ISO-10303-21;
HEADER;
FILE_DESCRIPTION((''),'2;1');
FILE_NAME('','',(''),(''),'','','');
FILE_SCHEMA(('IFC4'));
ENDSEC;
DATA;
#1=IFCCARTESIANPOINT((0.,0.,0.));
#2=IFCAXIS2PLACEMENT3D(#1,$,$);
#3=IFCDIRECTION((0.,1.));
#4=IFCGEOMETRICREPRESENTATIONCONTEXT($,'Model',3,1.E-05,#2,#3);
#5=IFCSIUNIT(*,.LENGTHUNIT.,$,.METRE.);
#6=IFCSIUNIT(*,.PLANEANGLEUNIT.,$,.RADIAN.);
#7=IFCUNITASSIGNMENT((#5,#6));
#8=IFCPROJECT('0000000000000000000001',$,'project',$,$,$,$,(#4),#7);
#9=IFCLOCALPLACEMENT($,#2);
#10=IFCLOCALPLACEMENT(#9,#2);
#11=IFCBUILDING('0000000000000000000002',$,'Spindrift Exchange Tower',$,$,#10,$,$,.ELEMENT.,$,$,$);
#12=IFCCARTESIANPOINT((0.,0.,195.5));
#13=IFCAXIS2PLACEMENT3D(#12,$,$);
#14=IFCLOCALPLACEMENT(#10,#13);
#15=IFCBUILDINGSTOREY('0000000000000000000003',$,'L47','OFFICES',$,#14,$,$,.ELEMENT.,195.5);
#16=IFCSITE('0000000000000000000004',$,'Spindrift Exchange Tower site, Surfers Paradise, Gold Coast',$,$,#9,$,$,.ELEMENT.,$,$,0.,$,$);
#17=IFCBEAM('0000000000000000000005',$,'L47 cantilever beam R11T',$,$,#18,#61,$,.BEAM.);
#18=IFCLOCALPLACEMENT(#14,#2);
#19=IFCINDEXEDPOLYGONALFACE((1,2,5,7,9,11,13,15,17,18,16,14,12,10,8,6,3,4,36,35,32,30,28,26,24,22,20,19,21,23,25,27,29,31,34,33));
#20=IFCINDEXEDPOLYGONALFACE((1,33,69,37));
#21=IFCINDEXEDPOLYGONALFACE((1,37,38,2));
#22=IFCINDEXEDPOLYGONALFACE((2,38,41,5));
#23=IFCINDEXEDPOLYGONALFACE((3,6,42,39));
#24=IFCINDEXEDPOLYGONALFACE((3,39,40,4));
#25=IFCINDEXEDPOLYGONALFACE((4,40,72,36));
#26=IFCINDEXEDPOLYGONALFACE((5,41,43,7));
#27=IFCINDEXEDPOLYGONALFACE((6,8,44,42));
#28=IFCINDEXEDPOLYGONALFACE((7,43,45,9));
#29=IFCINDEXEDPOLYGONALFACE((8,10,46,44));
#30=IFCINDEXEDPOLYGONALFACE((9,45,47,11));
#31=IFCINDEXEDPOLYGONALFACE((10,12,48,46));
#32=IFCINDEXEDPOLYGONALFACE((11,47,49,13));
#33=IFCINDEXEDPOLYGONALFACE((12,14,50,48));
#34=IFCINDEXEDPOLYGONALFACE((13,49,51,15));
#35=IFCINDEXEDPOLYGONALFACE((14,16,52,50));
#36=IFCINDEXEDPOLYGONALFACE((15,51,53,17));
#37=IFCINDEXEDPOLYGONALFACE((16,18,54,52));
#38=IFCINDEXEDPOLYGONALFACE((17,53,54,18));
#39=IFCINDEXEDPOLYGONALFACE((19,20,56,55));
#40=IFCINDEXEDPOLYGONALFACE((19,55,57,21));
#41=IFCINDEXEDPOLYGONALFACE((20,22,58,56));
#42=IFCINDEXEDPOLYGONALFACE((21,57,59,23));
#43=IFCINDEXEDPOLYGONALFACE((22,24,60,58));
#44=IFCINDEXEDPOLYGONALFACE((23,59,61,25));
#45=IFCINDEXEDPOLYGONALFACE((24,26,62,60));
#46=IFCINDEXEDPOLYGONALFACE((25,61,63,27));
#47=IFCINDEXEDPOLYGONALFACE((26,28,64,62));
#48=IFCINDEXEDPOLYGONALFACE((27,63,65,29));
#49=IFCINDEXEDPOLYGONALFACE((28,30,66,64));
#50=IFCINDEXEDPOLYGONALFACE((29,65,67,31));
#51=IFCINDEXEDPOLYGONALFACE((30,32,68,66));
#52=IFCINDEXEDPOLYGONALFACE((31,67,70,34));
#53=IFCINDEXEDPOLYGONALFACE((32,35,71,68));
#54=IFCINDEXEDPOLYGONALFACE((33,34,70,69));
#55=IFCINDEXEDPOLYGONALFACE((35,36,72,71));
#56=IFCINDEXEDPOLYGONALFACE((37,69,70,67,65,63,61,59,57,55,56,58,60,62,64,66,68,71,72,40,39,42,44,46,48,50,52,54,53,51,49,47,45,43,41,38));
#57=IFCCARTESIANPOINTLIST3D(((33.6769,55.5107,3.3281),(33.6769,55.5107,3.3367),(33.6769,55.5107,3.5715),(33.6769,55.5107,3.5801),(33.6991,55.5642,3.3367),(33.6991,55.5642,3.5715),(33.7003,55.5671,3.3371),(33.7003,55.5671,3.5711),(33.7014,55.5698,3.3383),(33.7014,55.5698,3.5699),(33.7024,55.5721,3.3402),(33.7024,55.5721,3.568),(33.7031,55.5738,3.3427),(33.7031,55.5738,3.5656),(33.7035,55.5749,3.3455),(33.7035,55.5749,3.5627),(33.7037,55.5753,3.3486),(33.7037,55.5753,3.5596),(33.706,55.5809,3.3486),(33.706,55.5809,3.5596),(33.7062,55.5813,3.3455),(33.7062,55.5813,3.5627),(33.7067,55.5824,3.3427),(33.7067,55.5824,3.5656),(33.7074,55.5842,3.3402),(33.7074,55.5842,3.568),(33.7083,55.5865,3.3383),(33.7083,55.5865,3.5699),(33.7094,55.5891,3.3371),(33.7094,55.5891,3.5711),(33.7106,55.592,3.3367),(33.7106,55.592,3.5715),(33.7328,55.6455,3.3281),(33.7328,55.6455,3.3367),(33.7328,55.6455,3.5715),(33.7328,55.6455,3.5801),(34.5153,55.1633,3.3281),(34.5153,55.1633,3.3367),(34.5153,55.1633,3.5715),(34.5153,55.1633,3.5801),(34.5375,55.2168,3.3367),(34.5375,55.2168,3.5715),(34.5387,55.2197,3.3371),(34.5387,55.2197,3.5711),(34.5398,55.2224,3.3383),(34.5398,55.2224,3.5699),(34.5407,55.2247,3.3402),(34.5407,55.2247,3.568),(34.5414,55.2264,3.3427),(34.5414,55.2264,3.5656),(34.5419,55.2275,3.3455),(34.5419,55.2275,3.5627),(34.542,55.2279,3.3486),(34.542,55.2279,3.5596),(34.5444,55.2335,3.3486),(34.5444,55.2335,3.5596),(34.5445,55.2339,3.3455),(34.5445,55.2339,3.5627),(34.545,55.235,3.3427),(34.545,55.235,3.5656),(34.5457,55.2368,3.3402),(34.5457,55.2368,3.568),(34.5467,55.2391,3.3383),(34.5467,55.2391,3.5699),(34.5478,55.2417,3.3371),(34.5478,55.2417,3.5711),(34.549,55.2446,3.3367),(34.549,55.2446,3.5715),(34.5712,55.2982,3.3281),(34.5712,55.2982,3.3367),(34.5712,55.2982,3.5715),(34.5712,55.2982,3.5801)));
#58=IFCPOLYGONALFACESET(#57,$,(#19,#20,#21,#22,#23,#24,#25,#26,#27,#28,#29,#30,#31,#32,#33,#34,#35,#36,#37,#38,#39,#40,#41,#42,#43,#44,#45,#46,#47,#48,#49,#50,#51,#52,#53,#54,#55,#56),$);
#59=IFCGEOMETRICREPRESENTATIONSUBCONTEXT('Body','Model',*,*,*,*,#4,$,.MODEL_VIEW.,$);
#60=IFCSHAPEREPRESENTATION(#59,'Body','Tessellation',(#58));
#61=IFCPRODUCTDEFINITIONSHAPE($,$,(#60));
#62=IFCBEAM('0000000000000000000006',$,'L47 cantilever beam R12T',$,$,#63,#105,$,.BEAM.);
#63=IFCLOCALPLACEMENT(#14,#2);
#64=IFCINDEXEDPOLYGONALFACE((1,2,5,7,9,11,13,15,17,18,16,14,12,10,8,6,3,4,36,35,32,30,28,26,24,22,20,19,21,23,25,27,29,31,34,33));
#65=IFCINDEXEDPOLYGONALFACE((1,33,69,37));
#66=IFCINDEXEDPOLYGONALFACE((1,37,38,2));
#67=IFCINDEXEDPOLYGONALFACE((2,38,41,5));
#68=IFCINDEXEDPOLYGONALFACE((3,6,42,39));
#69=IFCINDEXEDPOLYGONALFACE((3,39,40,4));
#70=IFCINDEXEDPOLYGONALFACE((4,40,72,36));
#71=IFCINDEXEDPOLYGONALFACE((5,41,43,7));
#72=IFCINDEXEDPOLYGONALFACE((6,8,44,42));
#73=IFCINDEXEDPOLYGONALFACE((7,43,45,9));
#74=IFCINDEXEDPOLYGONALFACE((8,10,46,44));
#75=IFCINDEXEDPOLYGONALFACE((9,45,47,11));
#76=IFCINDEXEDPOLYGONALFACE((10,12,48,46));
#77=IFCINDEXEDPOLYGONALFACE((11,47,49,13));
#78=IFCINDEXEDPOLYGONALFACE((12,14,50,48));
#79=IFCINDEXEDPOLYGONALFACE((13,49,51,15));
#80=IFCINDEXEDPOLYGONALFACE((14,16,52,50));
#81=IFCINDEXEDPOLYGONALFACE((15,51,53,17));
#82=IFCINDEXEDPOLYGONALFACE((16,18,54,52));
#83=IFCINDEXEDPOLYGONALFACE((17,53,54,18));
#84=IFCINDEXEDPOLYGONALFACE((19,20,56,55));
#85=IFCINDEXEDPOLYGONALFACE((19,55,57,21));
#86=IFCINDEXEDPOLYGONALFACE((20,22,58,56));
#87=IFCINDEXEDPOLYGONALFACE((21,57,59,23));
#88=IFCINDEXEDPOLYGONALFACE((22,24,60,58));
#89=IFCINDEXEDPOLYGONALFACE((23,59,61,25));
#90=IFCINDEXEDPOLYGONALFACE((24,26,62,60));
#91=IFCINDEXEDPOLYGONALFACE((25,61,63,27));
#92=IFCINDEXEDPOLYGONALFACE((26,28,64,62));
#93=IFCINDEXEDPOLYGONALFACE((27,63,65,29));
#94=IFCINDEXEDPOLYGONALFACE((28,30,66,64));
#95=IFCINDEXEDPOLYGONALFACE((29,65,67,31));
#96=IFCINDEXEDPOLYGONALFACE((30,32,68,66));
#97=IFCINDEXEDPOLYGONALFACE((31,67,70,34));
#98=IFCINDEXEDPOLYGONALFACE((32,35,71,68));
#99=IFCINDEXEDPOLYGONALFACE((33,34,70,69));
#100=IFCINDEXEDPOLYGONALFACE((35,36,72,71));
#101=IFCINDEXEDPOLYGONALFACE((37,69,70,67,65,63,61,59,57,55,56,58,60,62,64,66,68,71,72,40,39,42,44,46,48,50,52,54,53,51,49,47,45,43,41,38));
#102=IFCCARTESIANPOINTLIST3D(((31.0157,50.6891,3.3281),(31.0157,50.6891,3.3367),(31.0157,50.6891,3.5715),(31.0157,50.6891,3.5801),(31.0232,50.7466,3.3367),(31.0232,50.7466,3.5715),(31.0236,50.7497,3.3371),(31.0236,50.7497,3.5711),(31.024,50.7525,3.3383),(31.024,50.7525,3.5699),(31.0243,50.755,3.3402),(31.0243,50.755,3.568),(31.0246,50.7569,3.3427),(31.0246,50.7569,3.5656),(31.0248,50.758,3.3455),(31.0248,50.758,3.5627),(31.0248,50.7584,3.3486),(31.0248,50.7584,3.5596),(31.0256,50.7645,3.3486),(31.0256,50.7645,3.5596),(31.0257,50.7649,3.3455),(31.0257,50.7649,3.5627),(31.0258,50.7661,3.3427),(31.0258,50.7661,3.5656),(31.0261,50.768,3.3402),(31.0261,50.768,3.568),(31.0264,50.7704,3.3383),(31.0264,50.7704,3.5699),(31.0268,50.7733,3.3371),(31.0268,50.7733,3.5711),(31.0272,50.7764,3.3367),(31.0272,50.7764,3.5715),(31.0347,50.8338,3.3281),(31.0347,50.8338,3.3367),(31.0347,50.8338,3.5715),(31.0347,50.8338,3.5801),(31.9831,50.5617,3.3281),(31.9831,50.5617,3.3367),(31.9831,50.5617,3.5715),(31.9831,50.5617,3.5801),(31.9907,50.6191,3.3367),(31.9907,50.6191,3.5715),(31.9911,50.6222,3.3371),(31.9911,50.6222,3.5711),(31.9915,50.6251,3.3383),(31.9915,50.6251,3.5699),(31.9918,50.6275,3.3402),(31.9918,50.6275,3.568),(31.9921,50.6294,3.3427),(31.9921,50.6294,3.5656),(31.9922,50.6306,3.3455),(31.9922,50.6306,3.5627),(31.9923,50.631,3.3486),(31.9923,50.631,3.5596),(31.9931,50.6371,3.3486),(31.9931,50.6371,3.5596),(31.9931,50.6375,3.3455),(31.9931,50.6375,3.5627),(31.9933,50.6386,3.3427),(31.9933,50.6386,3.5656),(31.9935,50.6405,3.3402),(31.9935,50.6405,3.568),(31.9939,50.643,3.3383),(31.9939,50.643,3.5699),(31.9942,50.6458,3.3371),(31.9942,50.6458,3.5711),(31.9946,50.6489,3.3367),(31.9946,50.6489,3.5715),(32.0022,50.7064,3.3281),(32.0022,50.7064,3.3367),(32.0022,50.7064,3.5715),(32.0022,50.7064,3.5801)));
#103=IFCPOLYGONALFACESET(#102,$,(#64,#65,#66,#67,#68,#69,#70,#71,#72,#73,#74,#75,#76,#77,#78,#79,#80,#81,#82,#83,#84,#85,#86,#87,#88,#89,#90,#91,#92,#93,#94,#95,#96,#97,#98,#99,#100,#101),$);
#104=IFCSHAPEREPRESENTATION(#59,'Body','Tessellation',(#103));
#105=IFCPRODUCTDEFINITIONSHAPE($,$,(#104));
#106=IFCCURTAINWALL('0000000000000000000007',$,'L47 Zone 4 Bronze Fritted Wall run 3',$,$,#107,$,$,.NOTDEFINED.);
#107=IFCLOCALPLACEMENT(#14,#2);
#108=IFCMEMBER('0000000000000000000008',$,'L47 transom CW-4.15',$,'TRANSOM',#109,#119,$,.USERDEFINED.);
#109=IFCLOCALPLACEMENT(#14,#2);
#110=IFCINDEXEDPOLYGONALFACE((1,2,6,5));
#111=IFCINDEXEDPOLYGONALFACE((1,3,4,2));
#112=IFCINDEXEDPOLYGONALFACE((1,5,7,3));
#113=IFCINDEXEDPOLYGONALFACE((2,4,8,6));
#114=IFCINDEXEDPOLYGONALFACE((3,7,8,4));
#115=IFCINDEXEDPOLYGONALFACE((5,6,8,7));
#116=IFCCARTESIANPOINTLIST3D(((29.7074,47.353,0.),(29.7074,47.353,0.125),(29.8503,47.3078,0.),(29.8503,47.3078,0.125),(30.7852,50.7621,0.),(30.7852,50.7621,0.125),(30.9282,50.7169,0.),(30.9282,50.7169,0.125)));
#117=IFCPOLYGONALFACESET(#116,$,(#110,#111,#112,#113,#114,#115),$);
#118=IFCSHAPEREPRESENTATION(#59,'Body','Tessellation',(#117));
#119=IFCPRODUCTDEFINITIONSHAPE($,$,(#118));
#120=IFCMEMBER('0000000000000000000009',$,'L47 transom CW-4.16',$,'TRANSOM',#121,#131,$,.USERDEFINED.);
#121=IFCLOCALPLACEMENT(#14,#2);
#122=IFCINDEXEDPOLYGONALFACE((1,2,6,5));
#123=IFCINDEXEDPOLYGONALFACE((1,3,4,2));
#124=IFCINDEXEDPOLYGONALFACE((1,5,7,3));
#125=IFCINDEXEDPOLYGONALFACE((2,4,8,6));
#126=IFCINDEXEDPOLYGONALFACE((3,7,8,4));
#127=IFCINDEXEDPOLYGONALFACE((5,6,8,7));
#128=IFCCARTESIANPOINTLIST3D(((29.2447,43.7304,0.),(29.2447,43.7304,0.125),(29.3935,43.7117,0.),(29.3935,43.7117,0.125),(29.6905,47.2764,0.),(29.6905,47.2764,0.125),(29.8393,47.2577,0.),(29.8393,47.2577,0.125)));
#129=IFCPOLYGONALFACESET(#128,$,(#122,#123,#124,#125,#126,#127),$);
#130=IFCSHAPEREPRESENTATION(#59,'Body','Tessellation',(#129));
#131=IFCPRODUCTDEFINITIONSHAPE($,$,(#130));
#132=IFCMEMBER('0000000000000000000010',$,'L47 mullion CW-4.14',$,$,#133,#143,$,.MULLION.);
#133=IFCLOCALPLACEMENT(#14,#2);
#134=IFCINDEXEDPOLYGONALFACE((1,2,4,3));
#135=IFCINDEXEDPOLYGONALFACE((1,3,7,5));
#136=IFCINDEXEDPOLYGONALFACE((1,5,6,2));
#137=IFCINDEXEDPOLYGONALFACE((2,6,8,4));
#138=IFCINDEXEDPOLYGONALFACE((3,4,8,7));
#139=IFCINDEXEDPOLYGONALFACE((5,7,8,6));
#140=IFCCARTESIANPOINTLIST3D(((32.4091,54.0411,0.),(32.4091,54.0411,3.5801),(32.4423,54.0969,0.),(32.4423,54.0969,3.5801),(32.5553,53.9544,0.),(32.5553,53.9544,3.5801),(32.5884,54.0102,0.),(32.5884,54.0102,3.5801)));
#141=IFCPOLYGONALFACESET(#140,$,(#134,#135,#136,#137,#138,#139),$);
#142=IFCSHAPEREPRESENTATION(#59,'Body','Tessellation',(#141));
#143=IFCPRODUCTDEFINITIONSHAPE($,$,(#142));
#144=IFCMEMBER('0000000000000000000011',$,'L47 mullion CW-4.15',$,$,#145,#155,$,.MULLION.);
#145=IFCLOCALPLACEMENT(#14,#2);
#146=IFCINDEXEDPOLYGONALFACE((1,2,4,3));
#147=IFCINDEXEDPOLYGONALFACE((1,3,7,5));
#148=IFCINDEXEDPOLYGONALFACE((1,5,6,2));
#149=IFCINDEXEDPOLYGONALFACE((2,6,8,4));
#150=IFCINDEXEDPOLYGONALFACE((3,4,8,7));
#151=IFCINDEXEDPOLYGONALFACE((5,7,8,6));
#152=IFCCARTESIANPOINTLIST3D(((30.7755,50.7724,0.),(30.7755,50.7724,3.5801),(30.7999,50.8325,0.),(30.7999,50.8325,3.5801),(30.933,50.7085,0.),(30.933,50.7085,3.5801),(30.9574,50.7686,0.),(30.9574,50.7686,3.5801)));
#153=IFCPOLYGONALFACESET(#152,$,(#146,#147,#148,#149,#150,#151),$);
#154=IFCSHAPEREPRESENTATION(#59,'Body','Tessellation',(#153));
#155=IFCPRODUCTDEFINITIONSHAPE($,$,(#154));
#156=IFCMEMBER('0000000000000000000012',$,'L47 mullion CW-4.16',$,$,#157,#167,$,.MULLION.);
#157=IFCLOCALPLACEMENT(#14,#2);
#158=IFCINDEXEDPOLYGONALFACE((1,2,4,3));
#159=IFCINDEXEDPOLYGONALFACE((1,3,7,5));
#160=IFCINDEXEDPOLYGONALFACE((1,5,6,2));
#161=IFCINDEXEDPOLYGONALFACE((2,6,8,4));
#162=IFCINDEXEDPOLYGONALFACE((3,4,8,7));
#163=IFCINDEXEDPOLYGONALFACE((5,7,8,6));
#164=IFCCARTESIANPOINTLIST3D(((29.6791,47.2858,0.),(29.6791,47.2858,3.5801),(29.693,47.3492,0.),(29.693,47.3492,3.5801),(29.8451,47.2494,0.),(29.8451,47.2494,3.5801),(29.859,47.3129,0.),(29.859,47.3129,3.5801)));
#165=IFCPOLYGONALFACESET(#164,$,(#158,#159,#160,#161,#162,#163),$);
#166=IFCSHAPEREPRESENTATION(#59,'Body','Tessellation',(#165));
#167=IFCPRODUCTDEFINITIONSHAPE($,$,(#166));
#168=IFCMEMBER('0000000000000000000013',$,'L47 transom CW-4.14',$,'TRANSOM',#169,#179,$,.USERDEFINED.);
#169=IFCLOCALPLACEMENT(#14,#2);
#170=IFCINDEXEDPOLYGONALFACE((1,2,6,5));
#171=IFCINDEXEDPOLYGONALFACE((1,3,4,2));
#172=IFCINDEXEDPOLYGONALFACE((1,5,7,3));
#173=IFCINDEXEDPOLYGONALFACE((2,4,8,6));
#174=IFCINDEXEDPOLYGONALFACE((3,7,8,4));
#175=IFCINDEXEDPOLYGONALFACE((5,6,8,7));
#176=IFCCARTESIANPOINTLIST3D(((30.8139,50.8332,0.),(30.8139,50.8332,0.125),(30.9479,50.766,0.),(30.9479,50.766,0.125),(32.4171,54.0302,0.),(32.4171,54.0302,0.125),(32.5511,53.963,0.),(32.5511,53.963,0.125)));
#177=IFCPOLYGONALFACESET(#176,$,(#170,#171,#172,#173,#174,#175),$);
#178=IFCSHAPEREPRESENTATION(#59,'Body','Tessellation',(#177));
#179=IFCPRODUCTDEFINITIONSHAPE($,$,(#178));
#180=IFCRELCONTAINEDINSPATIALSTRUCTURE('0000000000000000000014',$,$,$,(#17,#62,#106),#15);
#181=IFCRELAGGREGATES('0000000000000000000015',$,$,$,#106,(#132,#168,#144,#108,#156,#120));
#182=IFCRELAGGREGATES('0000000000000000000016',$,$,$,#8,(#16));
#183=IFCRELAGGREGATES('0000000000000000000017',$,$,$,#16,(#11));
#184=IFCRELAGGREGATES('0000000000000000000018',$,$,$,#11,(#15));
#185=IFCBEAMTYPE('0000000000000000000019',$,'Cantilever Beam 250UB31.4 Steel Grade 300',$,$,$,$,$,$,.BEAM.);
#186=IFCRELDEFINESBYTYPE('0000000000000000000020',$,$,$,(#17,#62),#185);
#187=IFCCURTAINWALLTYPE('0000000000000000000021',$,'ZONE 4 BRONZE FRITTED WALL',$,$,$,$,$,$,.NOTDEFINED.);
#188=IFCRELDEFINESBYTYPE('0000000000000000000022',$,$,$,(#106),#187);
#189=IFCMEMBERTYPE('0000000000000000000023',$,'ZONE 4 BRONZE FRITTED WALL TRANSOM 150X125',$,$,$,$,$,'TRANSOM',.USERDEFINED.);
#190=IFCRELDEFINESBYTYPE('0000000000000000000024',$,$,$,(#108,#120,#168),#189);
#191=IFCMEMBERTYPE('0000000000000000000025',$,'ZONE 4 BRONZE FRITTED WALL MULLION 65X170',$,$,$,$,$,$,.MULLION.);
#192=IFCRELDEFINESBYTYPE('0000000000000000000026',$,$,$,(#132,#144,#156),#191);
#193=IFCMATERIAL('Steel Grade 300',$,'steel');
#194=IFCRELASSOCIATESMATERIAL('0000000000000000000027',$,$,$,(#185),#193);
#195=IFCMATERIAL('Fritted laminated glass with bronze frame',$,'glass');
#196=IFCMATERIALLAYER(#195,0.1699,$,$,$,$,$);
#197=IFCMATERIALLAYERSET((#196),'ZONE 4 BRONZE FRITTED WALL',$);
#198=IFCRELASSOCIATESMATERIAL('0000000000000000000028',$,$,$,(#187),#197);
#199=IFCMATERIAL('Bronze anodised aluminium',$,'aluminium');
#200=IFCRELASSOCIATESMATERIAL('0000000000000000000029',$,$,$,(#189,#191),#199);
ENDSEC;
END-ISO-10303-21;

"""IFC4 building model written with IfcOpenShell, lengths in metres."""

from ifc_helpers import new_model, si_unit, direction, frame, origin, origin_2d, place, context, subcontext, project, spatial, rectangle, i_section, extrude, source, transform, mapped, material, layer, layer_set, material_profile, profile_set, type_object, element, aggregate, save


model = new_model("IFC4")

# Units and contexts
model_context = context("Model", 3, precision=1e-05, world=origin(), true_north=direction((0.0, 1.0)))
body_context = subcontext(model_context, "Body", "Model", "MODEL_VIEW")
ifc_project = project(units=[si_unit("LENGTHUNIT", "METRE"), si_unit("PLANEANGLEUNIT", "RADIAN")], contexts=[model_context])

# Site, building, storey
site_placement = place(None, origin())
site = spatial("IfcSite", under=ifc_project, at=site_placement, Name="Spindrift Exchange Tower site, Surfers Paradise, Gold Coast", CompositionType="ELEMENT", RefElevation=0.0)
building_placement = place(site_placement, origin())
building = spatial("IfcBuilding", under=site, at=building_placement, Name="Spindrift Exchange Tower", CompositionType="ELEMENT")
storey_placement = place(building_placement, frame((0.0, 0.0, 195.5)))
storey = spatial("IfcBuildingStorey", under=building, at=storey_placement, Name="L47", Description="OFFICES", CompositionType="ELEMENT", Elevation=195.5)

# Beams
ifc_material_1 = material(Name="Steel Grade 300", Category="steel")
ifc_material_profile_1 = material_profile(ifc_material_1, i_section(OverallWidth=0.146, OverallDepth=0.252, WebThickness=0.0061, FlangeThickness=0.0085, FilletRadius=0.012, at=origin_2d()), Name="250UB31.4")
ifc_profile_set_1 = profile_set([ifc_material_profile_1], Name="Steel Grade 300")
beam_type_1 = type_object("IfcBeamType", Name="Cantilever Beam 250UB31.4 Steel Grade 300", PredefinedType="BEAM", material=ifc_profile_set_1)
shared_shape_1 = source(origin(), body_context, "Body", "SweptSolid", [
    extrude(i_section(OverallWidth=0.146, OverallDepth=0.252, WebThickness=0.0061, FlangeThickness=0.0085, FilletRadius=0.012, at=origin_2d()), origin(), (0.0, 0.0, 1.0), 0.9075),
])
beam_1_placement = place(storey_placement, frame((34.5432, 55.2307, 3.4541), z_axis=(-0.923823, 0.382819, 0.0), x_axis=(-0.382819, -0.923823, 0.0)))
element("IfcBeam", 1, at=beam_1_placement, inside=storey, type_object=beam_type_1, Name="L47 cantilever beam R11T", PredefinedType="BEAM", context=body_context, shape_type="MappedRepresentation", body=[
    mapped(shared_shape_1, transform((0.0, 0.0, 0.0), scale=1.0)),
])
shared_shape_2 = source(origin(), body_context, "Body", "SweptSolid", [
    extrude(i_section(OverallWidth=0.146, OverallDepth=0.252, WebThickness=0.0061, FlangeThickness=0.0085, FilletRadius=0.012, at=origin_2d()), origin(), (0.0, 0.0, 1.0), 0.9758),
])
beam_2_placement = place(storey_placement, frame((31.9927, 50.634, 3.4541), z_axis=(-0.991436, 0.13059, 0.0), x_axis=(-0.13059, -0.991436, 0.0)))
element("IfcBeam", 2, at=beam_2_placement, inside=storey, type_object=beam_type_1, Name="L47 cantilever beam R12T", PredefinedType="BEAM", context=body_context, shape_type="MappedRepresentation", body=[
    mapped(shared_shape_2, transform((0.0, 0.0, 0.0), scale=1.0)),
])

# Curtain wall, members
ifc_material_2 = material(Name="Fritted laminated glass with bronze frame", Category="glass")
ifc_layer_1 = layer(ifc_material_2, 0.1699)
ifc_layer_set_1 = layer_set([ifc_layer_1], Name="ZONE 4 BRONZE FRITTED WALL")
curtain_wall_type = type_object("IfcCurtainWallType", Name="ZONE 4 BRONZE FRITTED WALL", PredefinedType="NOTDEFINED", material=ifc_layer_set_1)
curtain_wall_placement = place(storey_placement, origin())
curtain_wall = element("IfcCurtainWall", 3, at=curtain_wall_placement, inside=storey, type_object=curtain_wall_type, Name="L47 Zone 4 Bronze Fritted Wall run 3", PredefinedType="NOTDEFINED")
ifc_material_3 = material(Name="Bronze anodised aluminium", Category="aluminium")
ifc_material_profile_2 = material_profile(ifc_material_3, rectangle(XDim=0.1499, YDim=0.125, at=origin_2d()), Name="ZONE 4 BRONZE FRITTED WALL TRANSOM 150X125")
ifc_profile_set_2 = profile_set([ifc_material_profile_2], Name="Bronze anodised aluminium")
member_type_1 = type_object("IfcMemberType", Name="ZONE 4 BRONZE FRITTED WALL TRANSOM 150X125", ElementType="TRANSOM", PredefinedType="USERDEFINED", material=ifc_profile_set_2)
shared_shape_3 = source(origin(), body_context, "Body", "SweptSolid", [
    extrude(rectangle(XDim=0.1499, YDim=0.125, at=origin_2d()), origin(), (0.0, 0.0, 1.0), 3.5754),
])
member_1_placement = place(storey_placement, frame((30.8567, 50.7395, 0.0625), z_axis=(-0.301461, -0.953478, 0.0), x_axis=(0.953478, -0.301461, 0.0)))
member_1 = element("IfcMember", 4, at=member_1_placement, type_object=member_type_1, Name="L47 transom CW-4.15", ObjectType="TRANSOM", PredefinedType="USERDEFINED", context=body_context, shape_type="MappedRepresentation", body=[
    mapped(shared_shape_3, transform((0.0, 0.0, 0.0), scale=1.0)),
])
shared_shape_4 = source(origin(), body_context, "Body", "SweptSolid", [
    extrude(rectangle(XDim=0.1499, YDim=0.125, at=origin_2d()), origin(), (0.0, 0.0, 1.0), 3.574),
])
member_2_placement = place(storey_placement, frame((29.7649, 47.2671, 0.0625), z_axis=(-0.124733, -0.99219, 0.0), x_axis=(0.99219, -0.124733, 0.0)))
member_2 = element("IfcMember", 5, at=member_2_placement, type_object=member_type_1, Name="L47 transom CW-4.16", ObjectType="TRANSOM", PredefinedType="USERDEFINED", context=body_context, shape_type="MappedRepresentation", body=[
    mapped(shared_shape_4, transform((0.0, 0.0, 0.0), scale=1.0)),
])
ifc_material_profile_3 = material_profile(ifc_material_3, rectangle(XDim=0.0649, YDim=0.1699, at=origin_2d()), Name="ZONE 4 BRONZE FRITTED WALL MULLION 65X170")
ifc_profile_set_3 = profile_set([ifc_material_profile_3], Name="Bronze anodised aluminium")
member_type_2 = type_object("IfcMemberType", Name="ZONE 4 BRONZE FRITTED WALL MULLION 65X170", PredefinedType="MULLION", material=ifc_profile_set_3)
shared_shape_5 = source(origin(), body_context, "Body", "SweptSolid", [
    extrude(rectangle(XDim=0.0649, YDim=0.1699, at=origin_2d()), origin(), (0.0, 0.0, 1.0), 3.5801),
])
member_3_placement = place(storey_placement, frame((32.4988, 54.0256, 0.0), z_axis=(0.0, 0.0, 1.0), x_axis=(-0.510338, -0.859974, 0.0)))
member_3 = element("IfcMember", 6, at=member_3_placement, type_object=member_type_2, Name="L47 mullion CW-4.14", PredefinedType="MULLION", context=body_context, shape_type="MappedRepresentation", body=[
    mapped(shared_shape_5, transform((0.0, 0.0, 0.0), scale=1.0)),
])
member_4_placement = place(storey_placement, frame((30.8665, 50.7705, 0.0), z_axis=(0.0, 0.0, 1.0), x_axis=(-0.376041, -0.926603, 0.0)))
member_4 = element("IfcMember", 7, at=member_4_placement, type_object=member_type_2, Name="L47 mullion CW-4.15", PredefinedType="MULLION", context=body_context, shape_type="MappedRepresentation", body=[
    mapped(shared_shape_5, transform((0.0, 0.0, 0.0), scale=1.0)),
])
member_5_placement = place(storey_placement, frame((29.769, 47.2993, 0.0), z_axis=(0.0, 0.0, 1.0), x_axis=(-0.213974, -0.976839, 0.0)))
member_5 = element("IfcMember", 8, at=member_5_placement, type_object=member_type_2, Name="L47 mullion CW-4.16", PredefinedType="MULLION", context=body_context, shape_type="MappedRepresentation", body=[
    mapped(shared_shape_5, transform((0.0, 0.0, 0.0), scale=1.0)),
])
shared_shape_6 = source(origin(), body_context, "Body", "SweptSolid", [
    extrude(rectangle(XDim=0.1499, YDim=0.125, at=origin_2d()), origin(), (0.0, 0.0, 1.0), 3.5764),
])
member_6_placement = place(storey_placement, frame((32.4841, 53.9966, 0.0625), z_axis=(-0.448278, -0.893894, 0.0), x_axis=(0.893894, -0.448278, 0.0)))
member_6 = element("IfcMember", 9, at=member_6_placement, type_object=member_type_1, Name="L47 transom CW-4.14", ObjectType="TRANSOM", PredefinedType="USERDEFINED", context=body_context, shape_type="MappedRepresentation", body=[
    mapped(shared_shape_6, transform((0.0, 0.0, 0.0), scale=1.0)),
])
aggregate(curtain_wall, [member_3, member_6, member_4, member_1, member_5, member_2])

save(model, "model.ifc")
